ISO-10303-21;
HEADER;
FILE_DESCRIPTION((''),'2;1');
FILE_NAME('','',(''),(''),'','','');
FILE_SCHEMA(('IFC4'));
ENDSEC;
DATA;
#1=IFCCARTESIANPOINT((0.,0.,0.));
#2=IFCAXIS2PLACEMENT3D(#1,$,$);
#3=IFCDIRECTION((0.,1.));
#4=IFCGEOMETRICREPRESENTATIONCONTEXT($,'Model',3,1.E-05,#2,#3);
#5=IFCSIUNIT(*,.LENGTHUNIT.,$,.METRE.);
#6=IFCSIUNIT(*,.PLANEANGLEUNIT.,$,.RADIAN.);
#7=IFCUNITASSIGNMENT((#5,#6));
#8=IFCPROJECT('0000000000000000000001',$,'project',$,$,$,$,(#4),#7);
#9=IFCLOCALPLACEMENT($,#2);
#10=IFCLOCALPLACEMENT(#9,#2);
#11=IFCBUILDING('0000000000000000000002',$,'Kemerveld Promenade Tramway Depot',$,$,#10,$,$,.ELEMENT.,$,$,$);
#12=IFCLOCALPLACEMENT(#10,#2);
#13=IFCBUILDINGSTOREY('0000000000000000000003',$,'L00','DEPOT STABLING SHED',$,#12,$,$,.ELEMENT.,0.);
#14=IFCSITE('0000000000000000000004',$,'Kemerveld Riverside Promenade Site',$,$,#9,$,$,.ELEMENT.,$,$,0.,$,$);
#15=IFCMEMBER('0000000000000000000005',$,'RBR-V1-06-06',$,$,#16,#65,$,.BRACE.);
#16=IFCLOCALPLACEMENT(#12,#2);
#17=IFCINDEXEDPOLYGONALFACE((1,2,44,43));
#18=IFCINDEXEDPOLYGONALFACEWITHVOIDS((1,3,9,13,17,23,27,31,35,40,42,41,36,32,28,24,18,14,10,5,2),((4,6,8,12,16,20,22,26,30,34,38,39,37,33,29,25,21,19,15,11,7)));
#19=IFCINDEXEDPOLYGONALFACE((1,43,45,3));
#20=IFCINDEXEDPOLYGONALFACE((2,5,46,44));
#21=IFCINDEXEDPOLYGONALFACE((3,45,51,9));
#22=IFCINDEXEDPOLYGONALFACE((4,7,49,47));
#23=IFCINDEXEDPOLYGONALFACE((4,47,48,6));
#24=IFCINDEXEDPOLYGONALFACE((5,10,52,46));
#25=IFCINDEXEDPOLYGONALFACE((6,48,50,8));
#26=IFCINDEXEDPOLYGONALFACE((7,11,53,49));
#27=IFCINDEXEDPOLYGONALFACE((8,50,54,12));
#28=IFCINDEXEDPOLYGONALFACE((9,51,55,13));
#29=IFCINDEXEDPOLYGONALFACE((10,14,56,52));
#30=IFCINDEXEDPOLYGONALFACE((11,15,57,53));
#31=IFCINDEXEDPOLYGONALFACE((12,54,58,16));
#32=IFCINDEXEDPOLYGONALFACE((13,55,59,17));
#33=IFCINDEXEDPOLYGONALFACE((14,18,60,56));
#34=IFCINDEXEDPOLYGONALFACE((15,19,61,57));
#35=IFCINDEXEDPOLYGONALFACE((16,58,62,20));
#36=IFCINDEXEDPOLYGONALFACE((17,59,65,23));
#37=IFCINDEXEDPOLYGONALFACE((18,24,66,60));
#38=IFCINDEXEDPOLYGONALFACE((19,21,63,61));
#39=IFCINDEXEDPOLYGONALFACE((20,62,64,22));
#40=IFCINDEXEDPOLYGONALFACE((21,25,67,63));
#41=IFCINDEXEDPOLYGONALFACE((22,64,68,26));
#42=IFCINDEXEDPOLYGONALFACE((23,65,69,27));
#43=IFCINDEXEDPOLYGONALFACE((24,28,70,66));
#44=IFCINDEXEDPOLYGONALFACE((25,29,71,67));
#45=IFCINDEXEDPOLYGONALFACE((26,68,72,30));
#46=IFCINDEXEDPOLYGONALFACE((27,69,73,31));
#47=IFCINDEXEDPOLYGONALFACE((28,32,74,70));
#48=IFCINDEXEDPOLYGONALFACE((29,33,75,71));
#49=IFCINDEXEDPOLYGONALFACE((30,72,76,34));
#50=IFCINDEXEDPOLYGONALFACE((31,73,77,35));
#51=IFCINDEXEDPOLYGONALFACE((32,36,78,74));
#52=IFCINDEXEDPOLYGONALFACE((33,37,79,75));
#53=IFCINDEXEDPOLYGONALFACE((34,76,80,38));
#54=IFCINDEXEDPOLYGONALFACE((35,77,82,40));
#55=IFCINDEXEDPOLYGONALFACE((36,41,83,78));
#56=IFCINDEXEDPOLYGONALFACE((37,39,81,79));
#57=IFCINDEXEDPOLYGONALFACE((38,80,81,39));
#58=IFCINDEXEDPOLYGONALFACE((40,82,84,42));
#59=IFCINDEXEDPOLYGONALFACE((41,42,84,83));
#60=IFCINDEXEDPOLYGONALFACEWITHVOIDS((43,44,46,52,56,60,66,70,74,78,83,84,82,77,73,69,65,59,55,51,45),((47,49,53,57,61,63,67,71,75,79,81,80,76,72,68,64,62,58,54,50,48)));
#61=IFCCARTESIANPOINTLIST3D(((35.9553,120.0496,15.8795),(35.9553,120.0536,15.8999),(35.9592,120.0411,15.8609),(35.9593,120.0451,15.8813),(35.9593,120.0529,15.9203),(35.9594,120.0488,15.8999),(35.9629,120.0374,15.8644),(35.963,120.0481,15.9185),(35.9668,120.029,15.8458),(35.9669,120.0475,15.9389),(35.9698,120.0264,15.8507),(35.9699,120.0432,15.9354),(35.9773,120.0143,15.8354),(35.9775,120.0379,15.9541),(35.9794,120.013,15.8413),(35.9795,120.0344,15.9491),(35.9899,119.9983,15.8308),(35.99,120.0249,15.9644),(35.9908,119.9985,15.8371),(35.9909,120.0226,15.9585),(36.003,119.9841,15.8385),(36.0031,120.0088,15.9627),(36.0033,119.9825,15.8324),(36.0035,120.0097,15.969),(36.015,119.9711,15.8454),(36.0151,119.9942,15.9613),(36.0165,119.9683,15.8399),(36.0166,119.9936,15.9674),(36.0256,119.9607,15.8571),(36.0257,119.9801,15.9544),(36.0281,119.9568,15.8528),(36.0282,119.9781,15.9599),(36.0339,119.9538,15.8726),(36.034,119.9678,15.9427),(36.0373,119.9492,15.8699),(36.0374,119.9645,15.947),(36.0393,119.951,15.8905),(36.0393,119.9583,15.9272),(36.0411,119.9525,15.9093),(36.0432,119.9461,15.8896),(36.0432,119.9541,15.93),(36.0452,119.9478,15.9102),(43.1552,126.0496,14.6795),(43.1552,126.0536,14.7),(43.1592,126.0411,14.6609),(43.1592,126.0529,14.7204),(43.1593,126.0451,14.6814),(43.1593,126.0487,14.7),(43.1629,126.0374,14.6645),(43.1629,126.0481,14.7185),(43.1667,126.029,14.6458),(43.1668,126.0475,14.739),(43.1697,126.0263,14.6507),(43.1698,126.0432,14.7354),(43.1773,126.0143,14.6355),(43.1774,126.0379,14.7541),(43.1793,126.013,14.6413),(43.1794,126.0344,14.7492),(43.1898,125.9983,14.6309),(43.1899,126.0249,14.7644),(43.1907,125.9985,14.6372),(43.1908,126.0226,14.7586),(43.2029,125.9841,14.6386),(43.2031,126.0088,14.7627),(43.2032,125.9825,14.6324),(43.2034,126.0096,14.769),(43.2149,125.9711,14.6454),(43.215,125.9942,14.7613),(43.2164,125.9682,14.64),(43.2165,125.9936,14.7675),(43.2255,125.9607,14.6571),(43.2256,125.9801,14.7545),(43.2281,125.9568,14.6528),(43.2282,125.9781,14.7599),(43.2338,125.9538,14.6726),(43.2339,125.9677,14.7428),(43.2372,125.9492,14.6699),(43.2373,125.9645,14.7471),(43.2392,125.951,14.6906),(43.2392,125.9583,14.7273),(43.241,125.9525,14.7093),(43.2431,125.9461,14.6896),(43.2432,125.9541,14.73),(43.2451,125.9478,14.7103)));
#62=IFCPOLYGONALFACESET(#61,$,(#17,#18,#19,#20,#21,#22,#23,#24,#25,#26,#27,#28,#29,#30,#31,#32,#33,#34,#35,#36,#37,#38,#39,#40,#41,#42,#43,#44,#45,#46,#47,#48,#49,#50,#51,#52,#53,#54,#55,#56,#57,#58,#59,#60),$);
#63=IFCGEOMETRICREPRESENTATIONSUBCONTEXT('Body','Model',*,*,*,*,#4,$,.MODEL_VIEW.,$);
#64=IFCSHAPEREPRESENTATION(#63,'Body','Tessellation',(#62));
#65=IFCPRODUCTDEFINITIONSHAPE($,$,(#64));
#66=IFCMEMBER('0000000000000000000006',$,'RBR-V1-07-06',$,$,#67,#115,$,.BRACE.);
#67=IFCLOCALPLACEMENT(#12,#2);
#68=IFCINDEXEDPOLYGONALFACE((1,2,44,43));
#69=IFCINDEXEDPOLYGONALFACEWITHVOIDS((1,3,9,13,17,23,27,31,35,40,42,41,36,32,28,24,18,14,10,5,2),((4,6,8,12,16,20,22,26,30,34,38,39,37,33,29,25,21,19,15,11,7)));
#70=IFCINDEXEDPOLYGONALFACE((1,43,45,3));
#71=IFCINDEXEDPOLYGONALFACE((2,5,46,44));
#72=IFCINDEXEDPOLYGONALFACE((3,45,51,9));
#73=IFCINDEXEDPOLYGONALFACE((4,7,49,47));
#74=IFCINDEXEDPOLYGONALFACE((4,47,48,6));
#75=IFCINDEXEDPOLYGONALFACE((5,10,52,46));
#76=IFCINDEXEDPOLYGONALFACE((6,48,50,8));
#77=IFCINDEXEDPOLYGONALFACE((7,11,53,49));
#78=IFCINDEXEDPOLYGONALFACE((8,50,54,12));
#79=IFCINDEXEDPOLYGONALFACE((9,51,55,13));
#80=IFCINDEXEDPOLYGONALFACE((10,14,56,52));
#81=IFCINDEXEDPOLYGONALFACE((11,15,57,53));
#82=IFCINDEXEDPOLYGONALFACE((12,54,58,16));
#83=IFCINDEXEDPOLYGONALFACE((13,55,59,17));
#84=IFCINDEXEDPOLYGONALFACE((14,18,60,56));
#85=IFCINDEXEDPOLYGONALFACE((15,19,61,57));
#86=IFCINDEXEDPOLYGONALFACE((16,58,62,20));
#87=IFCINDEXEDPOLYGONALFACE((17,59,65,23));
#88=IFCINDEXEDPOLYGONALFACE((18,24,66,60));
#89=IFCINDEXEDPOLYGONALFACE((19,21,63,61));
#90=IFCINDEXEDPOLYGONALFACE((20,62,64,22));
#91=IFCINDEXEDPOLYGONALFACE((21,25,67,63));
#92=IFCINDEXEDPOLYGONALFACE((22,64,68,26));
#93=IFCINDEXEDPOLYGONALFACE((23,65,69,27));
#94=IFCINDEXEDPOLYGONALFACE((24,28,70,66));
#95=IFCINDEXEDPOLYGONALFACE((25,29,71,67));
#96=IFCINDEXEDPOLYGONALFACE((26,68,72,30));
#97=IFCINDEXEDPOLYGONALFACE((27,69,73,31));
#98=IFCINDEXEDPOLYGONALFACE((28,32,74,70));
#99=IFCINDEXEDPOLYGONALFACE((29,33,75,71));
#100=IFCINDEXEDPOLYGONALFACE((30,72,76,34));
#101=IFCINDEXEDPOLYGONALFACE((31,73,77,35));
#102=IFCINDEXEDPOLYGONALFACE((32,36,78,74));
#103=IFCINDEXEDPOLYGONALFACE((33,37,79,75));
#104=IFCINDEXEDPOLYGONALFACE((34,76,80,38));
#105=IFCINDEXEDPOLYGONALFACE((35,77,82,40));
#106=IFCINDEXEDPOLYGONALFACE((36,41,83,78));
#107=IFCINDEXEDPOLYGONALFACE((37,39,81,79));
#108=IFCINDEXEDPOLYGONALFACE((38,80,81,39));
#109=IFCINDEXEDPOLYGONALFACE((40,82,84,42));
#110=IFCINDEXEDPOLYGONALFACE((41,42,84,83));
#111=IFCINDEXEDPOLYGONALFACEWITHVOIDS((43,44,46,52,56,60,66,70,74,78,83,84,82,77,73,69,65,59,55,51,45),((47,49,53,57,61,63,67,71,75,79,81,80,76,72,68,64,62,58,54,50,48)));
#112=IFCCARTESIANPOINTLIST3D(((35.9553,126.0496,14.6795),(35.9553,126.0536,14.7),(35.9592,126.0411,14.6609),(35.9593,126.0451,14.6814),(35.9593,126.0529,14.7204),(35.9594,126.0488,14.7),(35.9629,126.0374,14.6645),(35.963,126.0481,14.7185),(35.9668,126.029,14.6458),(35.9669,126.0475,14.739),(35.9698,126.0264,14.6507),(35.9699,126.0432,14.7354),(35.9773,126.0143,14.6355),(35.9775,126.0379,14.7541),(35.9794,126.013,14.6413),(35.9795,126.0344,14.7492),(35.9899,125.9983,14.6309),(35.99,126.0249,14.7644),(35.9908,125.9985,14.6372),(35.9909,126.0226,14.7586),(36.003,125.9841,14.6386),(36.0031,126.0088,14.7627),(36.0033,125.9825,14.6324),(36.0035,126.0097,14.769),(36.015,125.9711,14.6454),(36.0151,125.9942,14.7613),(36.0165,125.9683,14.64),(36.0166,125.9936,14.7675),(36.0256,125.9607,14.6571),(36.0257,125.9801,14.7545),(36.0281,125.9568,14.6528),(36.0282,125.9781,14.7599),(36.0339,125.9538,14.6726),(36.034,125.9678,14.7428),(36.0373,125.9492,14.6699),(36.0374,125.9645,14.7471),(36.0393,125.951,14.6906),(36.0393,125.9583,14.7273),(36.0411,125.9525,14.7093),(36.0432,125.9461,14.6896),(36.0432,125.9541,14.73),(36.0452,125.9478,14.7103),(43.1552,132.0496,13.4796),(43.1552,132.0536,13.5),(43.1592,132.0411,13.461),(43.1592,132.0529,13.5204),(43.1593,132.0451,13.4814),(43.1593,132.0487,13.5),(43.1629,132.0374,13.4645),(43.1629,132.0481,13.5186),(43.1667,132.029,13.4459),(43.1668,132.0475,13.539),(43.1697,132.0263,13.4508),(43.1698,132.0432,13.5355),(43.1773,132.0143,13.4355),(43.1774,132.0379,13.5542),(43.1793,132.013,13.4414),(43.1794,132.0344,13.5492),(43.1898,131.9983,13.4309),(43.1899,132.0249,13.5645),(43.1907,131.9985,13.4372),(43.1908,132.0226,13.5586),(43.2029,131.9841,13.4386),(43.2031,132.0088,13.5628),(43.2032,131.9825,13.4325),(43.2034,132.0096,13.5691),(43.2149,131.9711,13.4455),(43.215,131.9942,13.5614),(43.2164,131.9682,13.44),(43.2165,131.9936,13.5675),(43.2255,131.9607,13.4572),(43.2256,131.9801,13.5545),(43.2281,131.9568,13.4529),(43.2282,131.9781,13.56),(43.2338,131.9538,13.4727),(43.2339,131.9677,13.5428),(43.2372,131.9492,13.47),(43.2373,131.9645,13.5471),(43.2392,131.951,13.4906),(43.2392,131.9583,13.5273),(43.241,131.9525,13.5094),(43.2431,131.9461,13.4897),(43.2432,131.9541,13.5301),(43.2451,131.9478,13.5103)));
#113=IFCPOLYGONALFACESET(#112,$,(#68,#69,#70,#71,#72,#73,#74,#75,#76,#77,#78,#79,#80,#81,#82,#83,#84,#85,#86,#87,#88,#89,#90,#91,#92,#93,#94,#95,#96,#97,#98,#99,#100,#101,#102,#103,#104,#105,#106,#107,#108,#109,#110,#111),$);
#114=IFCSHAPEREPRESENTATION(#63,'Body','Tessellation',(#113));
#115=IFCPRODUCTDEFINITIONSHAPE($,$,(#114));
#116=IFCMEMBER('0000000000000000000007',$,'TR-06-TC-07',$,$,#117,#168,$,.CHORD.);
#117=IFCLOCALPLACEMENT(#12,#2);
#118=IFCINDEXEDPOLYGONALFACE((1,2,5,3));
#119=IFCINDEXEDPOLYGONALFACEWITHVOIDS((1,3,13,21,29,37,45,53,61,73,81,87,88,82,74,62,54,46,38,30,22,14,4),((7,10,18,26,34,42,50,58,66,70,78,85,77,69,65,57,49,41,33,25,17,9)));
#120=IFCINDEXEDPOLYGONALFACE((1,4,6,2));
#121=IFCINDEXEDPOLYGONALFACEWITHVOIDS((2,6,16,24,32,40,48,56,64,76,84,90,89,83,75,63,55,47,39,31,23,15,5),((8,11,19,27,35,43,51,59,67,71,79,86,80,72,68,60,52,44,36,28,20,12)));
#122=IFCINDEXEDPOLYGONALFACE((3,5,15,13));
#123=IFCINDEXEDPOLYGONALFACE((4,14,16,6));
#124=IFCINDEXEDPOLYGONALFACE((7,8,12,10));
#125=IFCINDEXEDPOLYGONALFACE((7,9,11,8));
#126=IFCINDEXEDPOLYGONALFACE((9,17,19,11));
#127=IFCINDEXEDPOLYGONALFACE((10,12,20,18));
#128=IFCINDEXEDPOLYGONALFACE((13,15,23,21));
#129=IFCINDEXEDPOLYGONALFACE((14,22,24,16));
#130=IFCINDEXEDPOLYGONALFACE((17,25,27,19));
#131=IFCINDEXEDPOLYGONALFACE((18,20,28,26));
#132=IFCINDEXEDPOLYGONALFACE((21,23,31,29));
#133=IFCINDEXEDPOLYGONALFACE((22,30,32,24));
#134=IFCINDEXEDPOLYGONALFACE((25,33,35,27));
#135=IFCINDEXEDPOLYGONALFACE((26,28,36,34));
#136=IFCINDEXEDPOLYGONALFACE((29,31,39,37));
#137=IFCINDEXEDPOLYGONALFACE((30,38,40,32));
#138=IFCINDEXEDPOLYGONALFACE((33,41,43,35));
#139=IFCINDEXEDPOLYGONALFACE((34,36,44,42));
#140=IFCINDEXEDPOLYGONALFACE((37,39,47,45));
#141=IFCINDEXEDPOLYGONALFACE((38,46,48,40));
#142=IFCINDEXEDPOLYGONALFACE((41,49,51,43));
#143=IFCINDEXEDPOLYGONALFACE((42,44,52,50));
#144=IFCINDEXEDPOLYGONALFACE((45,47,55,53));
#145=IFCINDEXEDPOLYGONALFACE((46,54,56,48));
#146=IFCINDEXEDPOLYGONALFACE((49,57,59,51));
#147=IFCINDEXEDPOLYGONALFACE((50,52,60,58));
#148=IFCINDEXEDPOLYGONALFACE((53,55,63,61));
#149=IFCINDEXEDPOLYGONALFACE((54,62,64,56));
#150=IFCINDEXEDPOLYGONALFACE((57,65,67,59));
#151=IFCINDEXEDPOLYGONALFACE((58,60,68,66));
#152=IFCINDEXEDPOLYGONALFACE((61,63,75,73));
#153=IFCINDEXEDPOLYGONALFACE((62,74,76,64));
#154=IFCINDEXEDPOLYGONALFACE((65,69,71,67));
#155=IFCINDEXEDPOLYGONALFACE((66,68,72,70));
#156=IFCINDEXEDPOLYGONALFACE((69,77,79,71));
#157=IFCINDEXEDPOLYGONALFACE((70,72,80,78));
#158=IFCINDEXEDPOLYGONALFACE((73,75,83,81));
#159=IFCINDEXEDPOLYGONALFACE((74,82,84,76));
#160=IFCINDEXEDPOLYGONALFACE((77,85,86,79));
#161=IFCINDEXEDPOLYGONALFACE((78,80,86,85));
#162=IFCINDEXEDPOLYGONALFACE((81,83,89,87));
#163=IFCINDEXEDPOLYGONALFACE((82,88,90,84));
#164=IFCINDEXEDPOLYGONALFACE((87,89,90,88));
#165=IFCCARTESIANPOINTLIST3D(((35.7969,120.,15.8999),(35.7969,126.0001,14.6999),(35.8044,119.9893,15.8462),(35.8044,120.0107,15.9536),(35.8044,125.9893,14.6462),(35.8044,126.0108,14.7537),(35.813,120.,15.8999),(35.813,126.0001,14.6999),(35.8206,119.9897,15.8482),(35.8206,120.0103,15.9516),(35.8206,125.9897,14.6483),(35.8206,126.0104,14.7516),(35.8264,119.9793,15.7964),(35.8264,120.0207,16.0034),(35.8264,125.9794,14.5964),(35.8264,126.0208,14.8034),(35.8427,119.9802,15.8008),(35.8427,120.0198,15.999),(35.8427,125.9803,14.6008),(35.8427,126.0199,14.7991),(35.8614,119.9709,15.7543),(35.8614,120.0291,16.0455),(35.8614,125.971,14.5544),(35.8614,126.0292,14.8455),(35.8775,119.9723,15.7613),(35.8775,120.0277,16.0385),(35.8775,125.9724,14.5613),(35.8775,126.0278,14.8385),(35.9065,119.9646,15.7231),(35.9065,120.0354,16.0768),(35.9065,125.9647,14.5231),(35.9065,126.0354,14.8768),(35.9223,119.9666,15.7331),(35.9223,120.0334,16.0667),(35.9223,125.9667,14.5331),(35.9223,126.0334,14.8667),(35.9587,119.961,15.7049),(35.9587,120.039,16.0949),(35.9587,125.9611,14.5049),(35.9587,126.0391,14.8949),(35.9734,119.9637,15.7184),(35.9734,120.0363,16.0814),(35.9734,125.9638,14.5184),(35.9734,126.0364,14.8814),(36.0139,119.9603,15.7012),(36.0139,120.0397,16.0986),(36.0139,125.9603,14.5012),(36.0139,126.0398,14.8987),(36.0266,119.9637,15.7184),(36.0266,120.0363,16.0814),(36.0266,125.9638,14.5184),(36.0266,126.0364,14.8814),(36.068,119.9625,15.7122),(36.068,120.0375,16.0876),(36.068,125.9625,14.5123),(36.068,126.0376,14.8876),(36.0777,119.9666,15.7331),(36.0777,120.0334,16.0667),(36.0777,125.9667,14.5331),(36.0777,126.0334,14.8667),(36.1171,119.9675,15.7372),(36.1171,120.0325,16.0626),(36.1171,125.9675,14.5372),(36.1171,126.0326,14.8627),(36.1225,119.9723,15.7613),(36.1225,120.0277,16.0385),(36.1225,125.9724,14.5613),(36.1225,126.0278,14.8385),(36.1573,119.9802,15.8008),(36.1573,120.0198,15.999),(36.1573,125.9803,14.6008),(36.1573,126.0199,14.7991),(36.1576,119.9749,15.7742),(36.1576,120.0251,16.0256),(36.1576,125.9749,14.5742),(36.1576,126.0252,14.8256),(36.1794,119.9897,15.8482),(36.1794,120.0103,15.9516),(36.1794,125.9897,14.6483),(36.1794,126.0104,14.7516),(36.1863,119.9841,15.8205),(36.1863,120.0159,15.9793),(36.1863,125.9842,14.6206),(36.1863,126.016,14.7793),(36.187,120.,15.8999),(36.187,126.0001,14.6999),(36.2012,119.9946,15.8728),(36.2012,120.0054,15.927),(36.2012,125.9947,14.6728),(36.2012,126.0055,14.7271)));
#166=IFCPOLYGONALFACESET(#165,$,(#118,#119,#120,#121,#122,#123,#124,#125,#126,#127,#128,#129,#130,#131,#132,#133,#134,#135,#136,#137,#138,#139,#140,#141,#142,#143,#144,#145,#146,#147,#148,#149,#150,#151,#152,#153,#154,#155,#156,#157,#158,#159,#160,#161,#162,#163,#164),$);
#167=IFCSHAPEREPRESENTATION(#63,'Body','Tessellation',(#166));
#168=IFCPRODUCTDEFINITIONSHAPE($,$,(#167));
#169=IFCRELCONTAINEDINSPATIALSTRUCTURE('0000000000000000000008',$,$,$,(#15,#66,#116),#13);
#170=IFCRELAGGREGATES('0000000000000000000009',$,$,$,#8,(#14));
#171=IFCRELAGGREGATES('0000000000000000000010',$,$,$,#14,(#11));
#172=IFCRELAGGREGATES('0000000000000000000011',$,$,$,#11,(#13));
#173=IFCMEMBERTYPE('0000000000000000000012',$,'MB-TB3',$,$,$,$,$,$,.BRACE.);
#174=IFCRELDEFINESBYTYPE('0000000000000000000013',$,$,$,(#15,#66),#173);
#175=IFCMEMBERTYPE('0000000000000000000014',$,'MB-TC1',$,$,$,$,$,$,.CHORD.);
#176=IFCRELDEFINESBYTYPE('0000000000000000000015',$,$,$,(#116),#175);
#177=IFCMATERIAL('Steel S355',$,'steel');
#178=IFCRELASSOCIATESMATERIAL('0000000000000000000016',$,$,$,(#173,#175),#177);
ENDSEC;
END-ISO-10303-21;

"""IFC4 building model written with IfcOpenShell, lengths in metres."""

from ifc_helpers import new_model, si_unit, direction, frame, origin, origin_2d, place, context, subcontext, project, spatial, hollow_circle, extrude, material, material_profile, profile_set, type_object, element, save


model = new_model("IFC4")

# Units and contexts
model_context = context("Model", 3, precision=1e-05, world=origin(), true_north=direction((0.0, 1.0)))
body_context = subcontext(model_context, "Body", "Model", "MODEL_VIEW")
ifc_project = project(units=[si_unit("LENGTHUNIT", "METRE"), si_unit("PLANEANGLEUNIT", "RADIAN")], contexts=[model_context])

# Site, building, storey
site_placement = place(None, origin())
site = spatial("IfcSite", under=ifc_project, at=site_placement, Name="Kemerveld Riverside Promenade Site", CompositionType="ELEMENT", RefElevation=0.0)
building_placement = place(site_placement, origin())
building = spatial("IfcBuilding", under=site, at=building_placement, Name="Kemerveld Promenade Tramway Depot", CompositionType="ELEMENT")
storey_placement = place(building_placement, origin())
storey = spatial("IfcBuildingStorey", under=building, at=storey_placement, Name="L00", Description="DEPOT STABLING SHED", CompositionType="ELEMENT", Elevation=0.0)

# Members
ifc_material_1 = material(Name="Steel S355", Category="steel")
ifc_material_profile_1 = material_profile(ifc_material_1, hollow_circle(Radius=0.0698, WallThickness=0.0063, at=origin_2d()), Name="139.7x6.3 CHS")
ifc_profile_set_1 = profile_set([ifc_material_profile_1], Name="Steel S355")
member_type_1 = type_object("IfcMemberType", Name="MB-TB3", PredefinedType="BRACE", material=ifc_profile_set_1)
for number, where, z_axis, x_axis, name in (
    (1, (36.0, 120.0, 15.8999), (0.761999, 0.635004, -0.126996), (-0.640187, 0.768219, 0.0), "RBR-V1-06-06"),
    (2, (36.0, 126.0, 14.7), (0.761999, 0.635004, -0.126996), (-0.640187, 0.768219, 0.0), "RBR-V1-07-06"),
):
    element("IfcMember", number, at=place(storey_placement, frame(where, z_axis=z_axis, x_axis=x_axis)), inside=storey, type_object=member_type_1, Name=name, PredefinedType="BRACE", context=body_context, shape_type="SweptSolid", body=[
        extrude(hollow_circle(Radius=0.0698, WallThickness=0.0063, at=origin_2d()), origin(), (0.0, 0.0, 1.0), 9.4487),
    ])
ifc_material_profile_2 = material_profile(ifc_material_1, hollow_circle(Radius=0.2031, WallThickness=0.0161, at=origin_2d()), Name="406.4x16.0 CHS")
ifc_profile_set_2 = profile_set([ifc_material_profile_2], Name="Steel S355")
member_type_2 = type_object("IfcMemberType", Name="MB-TC1", PredefinedType="CHORD", material=ifc_profile_set_2)
for number, where, z_axis, x_axis, name in (
    (3, (36.0, 120.0, 15.8999), (0.0, 0.980582, -0.196108), (-1.0, 0.0, 0.0), "TR-06-TC-07"),
):
    element("IfcMember", number, at=place(storey_placement, frame(where, z_axis=z_axis, x_axis=x_axis)), inside=storey, type_object=member_type_2, Name=name, PredefinedType="CHORD", context=body_context, shape_type="SweptSolid", body=[
        extrude(hollow_circle(Radius=0.2031, WallThickness=0.0161, at=origin_2d()), origin(), (0.0, 0.0, 1.0), 6.1189),
    ])

save(model, "model.ifc")
